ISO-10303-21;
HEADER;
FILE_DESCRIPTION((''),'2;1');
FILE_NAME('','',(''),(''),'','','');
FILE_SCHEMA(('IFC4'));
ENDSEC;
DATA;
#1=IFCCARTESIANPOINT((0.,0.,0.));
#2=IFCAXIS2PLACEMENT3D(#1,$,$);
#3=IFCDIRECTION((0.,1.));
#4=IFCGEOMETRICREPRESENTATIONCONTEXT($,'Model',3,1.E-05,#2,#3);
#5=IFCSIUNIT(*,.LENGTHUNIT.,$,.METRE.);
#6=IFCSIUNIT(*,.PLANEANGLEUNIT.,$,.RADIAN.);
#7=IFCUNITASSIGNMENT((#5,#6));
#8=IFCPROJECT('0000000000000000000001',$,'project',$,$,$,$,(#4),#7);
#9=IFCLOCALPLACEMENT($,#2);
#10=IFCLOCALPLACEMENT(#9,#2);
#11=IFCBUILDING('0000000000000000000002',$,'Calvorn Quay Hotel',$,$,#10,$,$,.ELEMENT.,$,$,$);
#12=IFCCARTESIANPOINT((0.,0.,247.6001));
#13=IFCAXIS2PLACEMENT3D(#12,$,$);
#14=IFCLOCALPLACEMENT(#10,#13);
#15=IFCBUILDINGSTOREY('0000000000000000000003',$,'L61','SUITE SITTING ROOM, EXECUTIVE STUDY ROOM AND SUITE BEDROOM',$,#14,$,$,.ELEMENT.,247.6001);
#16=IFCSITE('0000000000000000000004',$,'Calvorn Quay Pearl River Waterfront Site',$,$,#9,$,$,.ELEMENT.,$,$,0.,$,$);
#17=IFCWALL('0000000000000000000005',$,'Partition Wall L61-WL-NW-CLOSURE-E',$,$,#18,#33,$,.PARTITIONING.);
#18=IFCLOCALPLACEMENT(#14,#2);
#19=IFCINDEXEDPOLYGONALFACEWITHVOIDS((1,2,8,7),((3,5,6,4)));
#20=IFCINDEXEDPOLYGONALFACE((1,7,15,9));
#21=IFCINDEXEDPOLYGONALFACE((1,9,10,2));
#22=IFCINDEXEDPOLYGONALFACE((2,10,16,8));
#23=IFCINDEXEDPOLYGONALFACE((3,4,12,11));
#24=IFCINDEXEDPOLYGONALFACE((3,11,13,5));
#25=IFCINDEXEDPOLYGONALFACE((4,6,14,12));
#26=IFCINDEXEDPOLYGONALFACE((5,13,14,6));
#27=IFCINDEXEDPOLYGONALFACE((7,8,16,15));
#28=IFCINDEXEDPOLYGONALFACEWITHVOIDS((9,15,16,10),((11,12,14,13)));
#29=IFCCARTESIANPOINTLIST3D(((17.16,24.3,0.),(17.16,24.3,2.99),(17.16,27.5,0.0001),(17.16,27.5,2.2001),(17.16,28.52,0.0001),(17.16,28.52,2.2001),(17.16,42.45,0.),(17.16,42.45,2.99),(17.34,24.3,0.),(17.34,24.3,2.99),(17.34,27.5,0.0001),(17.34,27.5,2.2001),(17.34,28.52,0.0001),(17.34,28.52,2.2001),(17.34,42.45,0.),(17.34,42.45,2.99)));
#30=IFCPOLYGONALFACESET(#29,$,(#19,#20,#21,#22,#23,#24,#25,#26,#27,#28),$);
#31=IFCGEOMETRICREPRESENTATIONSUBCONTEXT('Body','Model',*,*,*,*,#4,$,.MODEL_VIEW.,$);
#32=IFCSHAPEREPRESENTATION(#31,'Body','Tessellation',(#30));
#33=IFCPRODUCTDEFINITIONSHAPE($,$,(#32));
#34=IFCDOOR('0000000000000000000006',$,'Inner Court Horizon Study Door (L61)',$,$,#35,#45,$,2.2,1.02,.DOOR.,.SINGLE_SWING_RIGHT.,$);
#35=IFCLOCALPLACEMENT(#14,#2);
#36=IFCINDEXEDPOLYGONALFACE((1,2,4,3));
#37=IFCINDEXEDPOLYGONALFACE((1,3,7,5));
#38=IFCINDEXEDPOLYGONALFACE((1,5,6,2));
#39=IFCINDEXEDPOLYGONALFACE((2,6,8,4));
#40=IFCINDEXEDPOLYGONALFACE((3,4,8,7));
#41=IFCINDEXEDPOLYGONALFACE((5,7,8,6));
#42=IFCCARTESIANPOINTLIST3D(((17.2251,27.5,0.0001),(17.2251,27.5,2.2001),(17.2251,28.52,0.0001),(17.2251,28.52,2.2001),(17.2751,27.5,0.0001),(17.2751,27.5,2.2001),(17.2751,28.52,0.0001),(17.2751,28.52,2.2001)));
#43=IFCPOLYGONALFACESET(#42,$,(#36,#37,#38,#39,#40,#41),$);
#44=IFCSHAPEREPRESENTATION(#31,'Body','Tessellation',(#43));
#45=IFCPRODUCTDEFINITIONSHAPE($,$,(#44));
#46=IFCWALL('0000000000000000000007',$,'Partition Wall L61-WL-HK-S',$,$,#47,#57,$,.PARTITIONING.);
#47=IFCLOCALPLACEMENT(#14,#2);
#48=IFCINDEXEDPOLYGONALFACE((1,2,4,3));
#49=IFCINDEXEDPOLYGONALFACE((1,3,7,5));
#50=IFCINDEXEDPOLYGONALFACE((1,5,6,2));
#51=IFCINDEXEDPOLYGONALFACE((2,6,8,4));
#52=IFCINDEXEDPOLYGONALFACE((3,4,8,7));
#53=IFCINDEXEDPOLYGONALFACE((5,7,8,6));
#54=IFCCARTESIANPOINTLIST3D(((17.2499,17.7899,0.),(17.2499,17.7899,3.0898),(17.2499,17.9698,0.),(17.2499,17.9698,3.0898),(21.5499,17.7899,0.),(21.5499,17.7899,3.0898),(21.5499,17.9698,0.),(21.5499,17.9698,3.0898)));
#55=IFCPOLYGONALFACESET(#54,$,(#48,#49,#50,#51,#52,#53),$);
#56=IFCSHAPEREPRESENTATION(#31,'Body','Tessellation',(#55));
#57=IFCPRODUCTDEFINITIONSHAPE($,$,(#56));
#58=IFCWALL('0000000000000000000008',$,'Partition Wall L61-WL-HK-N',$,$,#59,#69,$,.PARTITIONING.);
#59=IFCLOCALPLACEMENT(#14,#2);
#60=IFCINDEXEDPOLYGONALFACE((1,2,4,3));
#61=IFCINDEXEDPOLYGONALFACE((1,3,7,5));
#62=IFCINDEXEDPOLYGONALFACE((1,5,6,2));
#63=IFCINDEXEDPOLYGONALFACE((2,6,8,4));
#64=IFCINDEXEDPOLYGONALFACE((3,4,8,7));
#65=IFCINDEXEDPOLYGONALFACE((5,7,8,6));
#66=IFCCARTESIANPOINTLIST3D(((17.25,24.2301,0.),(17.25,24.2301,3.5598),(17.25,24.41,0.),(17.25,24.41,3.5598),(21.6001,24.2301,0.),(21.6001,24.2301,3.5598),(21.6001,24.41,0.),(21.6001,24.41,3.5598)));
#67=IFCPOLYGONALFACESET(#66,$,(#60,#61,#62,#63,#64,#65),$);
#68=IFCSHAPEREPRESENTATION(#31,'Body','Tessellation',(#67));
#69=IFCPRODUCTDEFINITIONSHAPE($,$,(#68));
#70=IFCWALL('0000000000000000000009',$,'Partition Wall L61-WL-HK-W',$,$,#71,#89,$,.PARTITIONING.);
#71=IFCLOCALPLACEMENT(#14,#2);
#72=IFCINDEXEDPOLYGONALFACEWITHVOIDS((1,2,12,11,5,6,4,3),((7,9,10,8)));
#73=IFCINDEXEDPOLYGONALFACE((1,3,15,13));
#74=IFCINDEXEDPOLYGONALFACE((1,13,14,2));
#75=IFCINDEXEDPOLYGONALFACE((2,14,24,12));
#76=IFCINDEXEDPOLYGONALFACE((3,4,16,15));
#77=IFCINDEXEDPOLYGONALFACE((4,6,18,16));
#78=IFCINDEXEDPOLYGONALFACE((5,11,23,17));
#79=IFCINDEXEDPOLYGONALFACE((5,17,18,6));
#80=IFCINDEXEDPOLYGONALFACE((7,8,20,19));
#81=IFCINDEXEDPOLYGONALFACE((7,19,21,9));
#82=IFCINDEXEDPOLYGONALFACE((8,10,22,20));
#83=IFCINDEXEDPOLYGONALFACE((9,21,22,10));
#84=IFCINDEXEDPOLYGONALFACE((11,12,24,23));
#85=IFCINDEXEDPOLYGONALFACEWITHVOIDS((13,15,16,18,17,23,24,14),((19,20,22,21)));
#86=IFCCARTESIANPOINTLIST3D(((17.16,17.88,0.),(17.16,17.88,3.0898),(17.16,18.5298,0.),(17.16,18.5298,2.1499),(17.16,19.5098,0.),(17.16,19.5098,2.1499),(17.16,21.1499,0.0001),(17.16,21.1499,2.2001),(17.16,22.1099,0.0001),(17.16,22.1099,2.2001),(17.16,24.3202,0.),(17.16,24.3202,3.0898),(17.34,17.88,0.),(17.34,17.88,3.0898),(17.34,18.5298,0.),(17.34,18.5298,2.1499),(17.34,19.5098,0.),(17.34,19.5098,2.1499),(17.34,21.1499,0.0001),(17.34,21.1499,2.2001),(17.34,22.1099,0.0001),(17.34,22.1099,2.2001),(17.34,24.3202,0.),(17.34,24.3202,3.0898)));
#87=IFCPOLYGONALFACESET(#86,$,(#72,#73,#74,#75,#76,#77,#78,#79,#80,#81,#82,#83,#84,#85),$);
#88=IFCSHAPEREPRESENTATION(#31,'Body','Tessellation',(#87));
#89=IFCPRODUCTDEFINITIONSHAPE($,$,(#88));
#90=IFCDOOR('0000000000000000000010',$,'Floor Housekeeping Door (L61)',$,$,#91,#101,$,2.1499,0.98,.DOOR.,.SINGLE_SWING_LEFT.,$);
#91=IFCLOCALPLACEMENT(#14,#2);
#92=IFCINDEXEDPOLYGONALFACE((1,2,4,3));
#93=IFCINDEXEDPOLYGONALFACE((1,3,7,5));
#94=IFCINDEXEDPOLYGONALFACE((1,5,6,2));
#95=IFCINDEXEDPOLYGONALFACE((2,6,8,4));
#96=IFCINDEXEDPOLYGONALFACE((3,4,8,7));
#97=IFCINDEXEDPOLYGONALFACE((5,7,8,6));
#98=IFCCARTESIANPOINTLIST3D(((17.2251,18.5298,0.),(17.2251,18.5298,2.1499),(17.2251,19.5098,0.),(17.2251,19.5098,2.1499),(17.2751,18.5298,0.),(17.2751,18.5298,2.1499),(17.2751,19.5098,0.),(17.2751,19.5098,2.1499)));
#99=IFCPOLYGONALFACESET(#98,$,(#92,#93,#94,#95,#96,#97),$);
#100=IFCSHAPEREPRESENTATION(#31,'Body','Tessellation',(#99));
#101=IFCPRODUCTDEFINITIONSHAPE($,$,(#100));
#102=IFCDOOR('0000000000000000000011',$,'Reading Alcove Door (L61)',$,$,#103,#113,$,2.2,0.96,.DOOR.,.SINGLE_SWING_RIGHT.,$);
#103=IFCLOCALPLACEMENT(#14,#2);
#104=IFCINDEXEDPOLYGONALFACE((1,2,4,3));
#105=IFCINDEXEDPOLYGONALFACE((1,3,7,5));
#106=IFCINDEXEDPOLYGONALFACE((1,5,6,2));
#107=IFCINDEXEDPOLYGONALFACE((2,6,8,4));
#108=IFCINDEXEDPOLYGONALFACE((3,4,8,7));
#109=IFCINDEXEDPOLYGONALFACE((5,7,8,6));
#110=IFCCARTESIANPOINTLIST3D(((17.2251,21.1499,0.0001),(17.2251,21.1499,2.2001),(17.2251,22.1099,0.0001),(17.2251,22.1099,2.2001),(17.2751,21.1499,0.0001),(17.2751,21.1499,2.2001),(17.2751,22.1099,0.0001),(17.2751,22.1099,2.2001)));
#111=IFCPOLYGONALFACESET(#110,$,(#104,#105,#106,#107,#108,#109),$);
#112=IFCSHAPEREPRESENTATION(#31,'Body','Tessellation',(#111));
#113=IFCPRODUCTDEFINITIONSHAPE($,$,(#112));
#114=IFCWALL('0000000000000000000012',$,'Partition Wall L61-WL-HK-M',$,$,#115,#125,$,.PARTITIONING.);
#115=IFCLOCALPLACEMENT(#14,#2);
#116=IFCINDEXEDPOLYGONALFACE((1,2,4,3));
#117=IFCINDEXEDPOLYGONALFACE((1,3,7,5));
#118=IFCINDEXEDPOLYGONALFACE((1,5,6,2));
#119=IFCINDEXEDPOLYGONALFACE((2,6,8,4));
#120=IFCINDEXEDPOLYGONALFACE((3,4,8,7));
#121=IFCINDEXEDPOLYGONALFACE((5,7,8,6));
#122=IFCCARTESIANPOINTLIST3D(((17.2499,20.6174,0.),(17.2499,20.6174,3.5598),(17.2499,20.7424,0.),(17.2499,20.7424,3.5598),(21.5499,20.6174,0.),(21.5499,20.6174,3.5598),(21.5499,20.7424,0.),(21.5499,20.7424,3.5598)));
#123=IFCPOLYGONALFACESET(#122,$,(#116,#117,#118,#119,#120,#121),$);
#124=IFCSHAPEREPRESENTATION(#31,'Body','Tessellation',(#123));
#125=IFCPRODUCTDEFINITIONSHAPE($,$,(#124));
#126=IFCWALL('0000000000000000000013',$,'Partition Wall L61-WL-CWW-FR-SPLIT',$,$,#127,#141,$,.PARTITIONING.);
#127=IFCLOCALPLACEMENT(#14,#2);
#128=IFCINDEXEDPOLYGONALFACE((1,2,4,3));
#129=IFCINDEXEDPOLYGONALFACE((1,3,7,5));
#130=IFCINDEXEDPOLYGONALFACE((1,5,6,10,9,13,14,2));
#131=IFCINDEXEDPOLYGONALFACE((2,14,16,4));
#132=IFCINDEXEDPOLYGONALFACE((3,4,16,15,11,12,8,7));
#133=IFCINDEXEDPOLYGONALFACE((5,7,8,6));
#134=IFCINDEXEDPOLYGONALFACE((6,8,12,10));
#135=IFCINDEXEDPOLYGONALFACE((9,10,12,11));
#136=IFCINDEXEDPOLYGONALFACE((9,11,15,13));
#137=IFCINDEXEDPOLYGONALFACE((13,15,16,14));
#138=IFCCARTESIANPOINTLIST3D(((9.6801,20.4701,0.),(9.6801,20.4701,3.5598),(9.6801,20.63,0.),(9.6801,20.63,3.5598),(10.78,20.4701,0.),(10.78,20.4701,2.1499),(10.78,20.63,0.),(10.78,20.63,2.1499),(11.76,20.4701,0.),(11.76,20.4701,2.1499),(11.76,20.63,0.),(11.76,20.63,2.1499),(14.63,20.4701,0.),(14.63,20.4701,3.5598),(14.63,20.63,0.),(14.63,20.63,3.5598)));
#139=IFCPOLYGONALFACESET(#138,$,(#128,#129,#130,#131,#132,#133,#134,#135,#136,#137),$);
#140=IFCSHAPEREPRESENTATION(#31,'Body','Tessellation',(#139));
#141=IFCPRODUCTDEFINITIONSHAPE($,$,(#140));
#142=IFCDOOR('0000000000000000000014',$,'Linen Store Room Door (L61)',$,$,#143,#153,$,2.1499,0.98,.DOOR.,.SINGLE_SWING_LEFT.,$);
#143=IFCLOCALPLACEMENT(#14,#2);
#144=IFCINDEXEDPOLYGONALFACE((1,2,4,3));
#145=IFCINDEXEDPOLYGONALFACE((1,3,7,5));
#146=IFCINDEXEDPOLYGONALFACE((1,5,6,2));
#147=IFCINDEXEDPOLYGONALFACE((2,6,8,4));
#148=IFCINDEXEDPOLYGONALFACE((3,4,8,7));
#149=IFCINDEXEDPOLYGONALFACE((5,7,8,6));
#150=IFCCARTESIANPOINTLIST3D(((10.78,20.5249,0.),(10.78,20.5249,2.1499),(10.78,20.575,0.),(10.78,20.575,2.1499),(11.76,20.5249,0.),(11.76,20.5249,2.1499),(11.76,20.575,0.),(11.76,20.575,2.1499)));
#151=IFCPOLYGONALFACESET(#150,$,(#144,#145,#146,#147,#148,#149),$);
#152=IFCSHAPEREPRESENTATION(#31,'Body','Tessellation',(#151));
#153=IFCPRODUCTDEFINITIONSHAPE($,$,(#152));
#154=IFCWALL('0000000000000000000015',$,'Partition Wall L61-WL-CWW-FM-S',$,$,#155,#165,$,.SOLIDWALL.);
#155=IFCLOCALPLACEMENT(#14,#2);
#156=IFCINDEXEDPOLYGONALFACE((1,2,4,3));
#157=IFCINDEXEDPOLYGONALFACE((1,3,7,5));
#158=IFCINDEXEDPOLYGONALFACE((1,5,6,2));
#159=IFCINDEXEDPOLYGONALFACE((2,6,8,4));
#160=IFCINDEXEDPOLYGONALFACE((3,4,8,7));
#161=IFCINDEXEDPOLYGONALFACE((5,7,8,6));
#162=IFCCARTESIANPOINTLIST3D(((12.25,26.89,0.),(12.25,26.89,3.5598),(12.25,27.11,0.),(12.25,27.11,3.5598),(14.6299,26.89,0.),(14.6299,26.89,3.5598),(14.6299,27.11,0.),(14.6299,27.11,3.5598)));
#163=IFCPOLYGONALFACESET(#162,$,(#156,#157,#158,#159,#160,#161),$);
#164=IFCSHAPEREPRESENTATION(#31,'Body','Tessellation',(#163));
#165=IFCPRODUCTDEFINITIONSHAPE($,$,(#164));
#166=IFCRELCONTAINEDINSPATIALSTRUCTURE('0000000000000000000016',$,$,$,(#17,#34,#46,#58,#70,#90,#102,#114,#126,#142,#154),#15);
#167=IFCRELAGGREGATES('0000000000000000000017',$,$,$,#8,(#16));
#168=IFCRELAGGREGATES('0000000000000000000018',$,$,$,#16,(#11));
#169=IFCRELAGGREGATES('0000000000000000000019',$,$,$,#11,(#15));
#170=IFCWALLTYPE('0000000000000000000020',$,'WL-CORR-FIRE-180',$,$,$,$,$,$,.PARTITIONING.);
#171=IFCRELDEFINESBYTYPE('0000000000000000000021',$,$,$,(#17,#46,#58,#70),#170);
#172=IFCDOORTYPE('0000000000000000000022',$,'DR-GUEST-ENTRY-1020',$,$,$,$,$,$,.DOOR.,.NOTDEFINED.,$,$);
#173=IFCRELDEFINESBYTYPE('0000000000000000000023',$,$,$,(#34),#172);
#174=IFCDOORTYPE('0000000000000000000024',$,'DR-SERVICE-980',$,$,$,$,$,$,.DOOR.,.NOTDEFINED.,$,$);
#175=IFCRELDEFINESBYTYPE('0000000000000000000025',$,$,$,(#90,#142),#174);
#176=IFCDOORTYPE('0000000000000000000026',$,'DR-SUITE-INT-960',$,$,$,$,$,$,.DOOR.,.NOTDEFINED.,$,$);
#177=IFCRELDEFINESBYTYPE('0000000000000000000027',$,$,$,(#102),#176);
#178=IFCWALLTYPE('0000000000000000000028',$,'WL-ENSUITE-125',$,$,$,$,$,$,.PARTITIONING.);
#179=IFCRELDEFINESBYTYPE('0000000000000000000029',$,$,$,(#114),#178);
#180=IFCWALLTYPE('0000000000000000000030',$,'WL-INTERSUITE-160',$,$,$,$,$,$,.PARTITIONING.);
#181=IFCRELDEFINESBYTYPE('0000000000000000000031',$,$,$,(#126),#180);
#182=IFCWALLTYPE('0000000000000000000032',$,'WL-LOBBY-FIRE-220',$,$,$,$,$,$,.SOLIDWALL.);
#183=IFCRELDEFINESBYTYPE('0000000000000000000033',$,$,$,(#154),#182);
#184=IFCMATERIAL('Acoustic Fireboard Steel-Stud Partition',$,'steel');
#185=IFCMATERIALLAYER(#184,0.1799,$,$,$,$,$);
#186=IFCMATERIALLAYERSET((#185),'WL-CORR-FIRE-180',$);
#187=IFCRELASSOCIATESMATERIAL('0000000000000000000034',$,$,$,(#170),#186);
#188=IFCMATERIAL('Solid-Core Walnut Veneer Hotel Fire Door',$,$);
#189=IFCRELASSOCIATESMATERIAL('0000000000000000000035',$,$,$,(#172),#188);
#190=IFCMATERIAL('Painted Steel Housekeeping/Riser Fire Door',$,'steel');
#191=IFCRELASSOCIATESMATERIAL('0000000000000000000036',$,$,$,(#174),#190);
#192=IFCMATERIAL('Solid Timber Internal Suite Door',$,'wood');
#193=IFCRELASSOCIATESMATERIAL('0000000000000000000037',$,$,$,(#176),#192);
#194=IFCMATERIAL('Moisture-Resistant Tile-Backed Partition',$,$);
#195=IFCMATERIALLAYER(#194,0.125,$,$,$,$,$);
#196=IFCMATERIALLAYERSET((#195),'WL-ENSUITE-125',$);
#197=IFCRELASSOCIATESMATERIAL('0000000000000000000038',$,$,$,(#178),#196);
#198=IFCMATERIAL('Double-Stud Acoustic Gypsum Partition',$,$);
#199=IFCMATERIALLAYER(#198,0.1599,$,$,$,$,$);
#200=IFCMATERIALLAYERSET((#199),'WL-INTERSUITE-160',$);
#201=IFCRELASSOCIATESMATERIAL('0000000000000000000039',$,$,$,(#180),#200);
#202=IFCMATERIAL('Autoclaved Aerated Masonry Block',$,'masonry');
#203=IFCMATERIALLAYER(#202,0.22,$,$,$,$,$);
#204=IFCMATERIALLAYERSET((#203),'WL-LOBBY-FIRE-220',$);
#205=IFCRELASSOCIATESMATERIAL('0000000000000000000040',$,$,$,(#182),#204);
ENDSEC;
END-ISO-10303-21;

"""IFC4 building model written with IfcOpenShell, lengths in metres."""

from ifc_helpers import new_model, si_unit, direction, frame, frame_2d, origin, place, context, subcontext, project, spatial, rectangle, extrude, material, layer, layer_set, type_object, element, fill, save


model = new_model("IFC4")

# Units and contexts
model_context = context("Model", 3, precision=1e-05, world=origin(), true_north=direction((0.0, 1.0)))
body_context = subcontext(model_context, "Body", "Model", "MODEL_VIEW")
ifc_project = project(units=[si_unit("LENGTHUNIT", "METRE"), si_unit("PLANEANGLEUNIT", "RADIAN")], contexts=[model_context])

# Site, building, storey
site_placement = place(None, origin())
site = spatial("IfcSite", under=ifc_project, at=site_placement, Name="Calvorn Quay Pearl River Waterfront Site", CompositionType="ELEMENT", RefElevation=0.0)
building_placement = place(site_placement, origin())
building = spatial("IfcBuilding", under=site, at=building_placement, Name="Calvorn Quay Hotel", CompositionType="ELEMENT")
storey_placement = place(building_placement, frame((0.0, 0.0, 247.6001)))
storey = spatial("IfcBuildingStorey", under=building, at=storey_placement, Name="L61", Description="SUITE SITTING ROOM, EXECUTIVE STUDY ROOM AND SUITE BEDROOM", CompositionType="ELEMENT", Elevation=247.6001)

# Wall, opening, door
ifc_material_1 = material(Name="Acoustic Fireboard Steel-Stud Partition", Category="steel")
ifc_layer_1 = layer(ifc_material_1, 0.1799)
ifc_layer_set_1 = layer_set([ifc_layer_1], Name="WL-CORR-FIRE-180")
wall_type_1 = type_object("IfcWallType", Name="WL-CORR-FIRE-180", PredefinedType="PARTITIONING", material=ifc_layer_set_1)
wall_1_placement = place(storey_placement, frame((17.25, 24.3, 0.0), z_axis=(0.0, 0.0, 1.0), x_axis=(0.0, 1.0, 0.0)))
wall_1 = element("IfcWall", 1, at=wall_1_placement, inside=storey, type_object=wall_type_1, Name="Partition Wall L61-WL-NW-CLOSURE-E", PredefinedType="PARTITIONING", context=body_context, shape_type="SweptSolid", body=[
    extrude(rectangle(XDim=18.1499, YDim=0.1799, at=frame_2d((9.075, 0.0))), origin(), (0.0, 0.0, 1.0), 2.99),
])
opening_1_placement = place(wall_1_placement, frame((3.2, 0.0, 0.0)))
opening_1 = element("IfcOpeningElement", 2, at=opening_1_placement, cuts=wall_1, PredefinedType="OPENING", context=body_context, shape_type="SweptSolid", body=[
    extrude(rectangle(XDim=1.02, YDim=2.2, at=frame_2d((0.51, 1.1001))), frame((0.0, 0.0999, 0.0), z_axis=(0.0, -1.0, 0.0), x_axis=(1.0, 0.0, 0.0)), (0.0, 0.0, 1.0), 0.2),
])
ifc_material_2 = material(Name="Solid-Core Walnut Veneer Hotel Fire Door")
door_type_1 = type_object("IfcDoorType", Name="DR-GUEST-ENTRY-1020", OperationType="NOTDEFINED", PredefinedType="DOOR", material=ifc_material_2)
door_1_placement = place(opening_1_placement, origin())
door_1 = element("IfcDoor", 3, at=door_1_placement, inside=storey, type_object=door_type_1, Name="Inner Court Horizon Study Door (L61)", OperationType="SINGLE_SWING_RIGHT", OverallHeight=2.2, OverallWidth=1.02, PredefinedType="DOOR", context=body_context, shape_type="SweptSolid", body=[
    extrude(rectangle(XDim=1.02, YDim=2.2, at=frame_2d((0.51, 1.1001))), frame((0.0, 0.0249, 0.0), z_axis=(0.0, -1.0, 0.0), x_axis=(1.0, 0.0, 0.0)), (0.0, 0.0, 1.0), 0.05),
])
fill(opening_1, door_1)

# Walls
wall_2_placement = place(storey_placement, frame((17.25, 17.8799, 0.0), z_axis=(0.0, 0.0, 1.0), x_axis=(1.0, 0.0, 0.0)))
element("IfcWall", 4, at=wall_2_placement, inside=storey, type_object=wall_type_1, Name="Partition Wall L61-WL-HK-S", PredefinedType="PARTITIONING", context=body_context, shape_type="SweptSolid", body=[
    extrude(rectangle(XDim=4.3, YDim=0.1799, at=frame_2d((2.1499, 0.0))), origin(), (0.0, 0.0, 1.0), 3.0898),
])
wall_3_placement = place(storey_placement, frame((17.25, 24.3201, 0.0), z_axis=(0.0, 0.0, 1.0), x_axis=(1.0, 0.0, 0.0)))
element("IfcWall", 5, at=wall_3_placement, inside=storey, type_object=wall_type_1, Name="Partition Wall L61-WL-HK-N", PredefinedType="PARTITIONING", context=body_context, shape_type="SweptSolid", body=[
    extrude(rectangle(XDim=4.3501, YDim=0.1799, at=frame_2d((2.175, 0.0))), origin(), (0.0, 0.0, 1.0), 3.5598),
])

# Wall, openings, doors
wall_4_placement = place(storey_placement, frame((17.25, 17.8799, 0.0), z_axis=(0.0, 0.0, 1.0), x_axis=(0.0, 1.0, 0.0)))
wall_4 = element("IfcWall", 6, at=wall_4_placement, inside=storey, type_object=wall_type_1, Name="Partition Wall L61-WL-HK-W", PredefinedType="PARTITIONING", context=body_context, shape_type="SweptSolid", body=[
    extrude(rectangle(XDim=6.4402, YDim=0.1799, at=frame_2d((3.2202, 0.0))), origin(), (0.0, 0.0, 1.0), 3.0898),
])
opening_2_placement = place(wall_4_placement, frame((0.6499, 0.0, 0.0)))
opening_2 = element("IfcOpeningElement", 7, at=opening_2_placement, cuts=wall_4, PredefinedType="OPENING", context=body_context, shape_type="SweptSolid", body=[
    extrude(rectangle(XDim=0.98, YDim=2.1499, at=frame_2d((0.49, 1.075))), frame((0.0, 0.0999, 0.0), z_axis=(0.0, -1.0, 0.0), x_axis=(1.0, 0.0, 0.0)), (0.0, 0.0, 1.0), 0.2),
])
opening_3_placement = place(wall_4_placement, frame((3.27, 0.0, 0.0)))
opening_3 = element("IfcOpeningElement", 8, at=opening_3_placement, cuts=wall_4, PredefinedType="OPENING", context=body_context, shape_type="SweptSolid", body=[
    extrude(rectangle(XDim=0.96, YDim=2.2, at=frame_2d((0.48, 1.1001))), frame((0.0, 0.0999, 0.0), z_axis=(0.0, -1.0, 0.0), x_axis=(1.0, 0.0, 0.0)), (0.0, 0.0, 1.0), 0.2),
])
ifc_material_3 = material(Name="Painted Steel Housekeeping/Riser Fire Door", Category="steel")
door_type_2 = type_object("IfcDoorType", Name="DR-SERVICE-980", OperationType="NOTDEFINED", PredefinedType="DOOR", material=ifc_material_3)
door_2_placement = place(opening_2_placement, origin())
door_2 = element("IfcDoor", 9, at=door_2_placement, inside=storey, type_object=door_type_2, Name="Floor Housekeeping Door (L61)", OperationType="SINGLE_SWING_LEFT", OverallHeight=2.1499, OverallWidth=0.98, PredefinedType="DOOR", context=body_context, shape_type="SweptSolid", body=[
    extrude(rectangle(XDim=0.98, YDim=2.1499, at=frame_2d((0.49, 1.075))), frame((0.0, 0.0249, 0.0), z_axis=(0.0, -1.0, 0.0), x_axis=(1.0, 0.0, 0.0)), (0.0, 0.0, 1.0), 0.05),
])
fill(opening_2, door_2)
ifc_material_4 = material(Name="Solid Timber Internal Suite Door", Category="wood")
door_type_3 = type_object("IfcDoorType", Name="DR-SUITE-INT-960", OperationType="NOTDEFINED", PredefinedType="DOOR", material=ifc_material_4)
door_3_placement = place(opening_3_placement, origin())
door_3 = element("IfcDoor", 10, at=door_3_placement, inside=storey, type_object=door_type_3, Name="Reading Alcove Door (L61)", OperationType="SINGLE_SWING_RIGHT", OverallHeight=2.2, OverallWidth=0.96, PredefinedType="DOOR", context=body_context, shape_type="SweptSolid", body=[
    extrude(rectangle(XDim=0.96, YDim=2.2, at=frame_2d((0.48, 1.1001))), frame((0.0, 0.0249, 0.0), z_axis=(0.0, -1.0, 0.0), x_axis=(1.0, 0.0, 0.0)), (0.0, 0.0, 1.0), 0.05),
])
fill(opening_3, door_3)

# Wall
ifc_material_5 = material(Name="Moisture-Resistant Tile-Backed Partition")
ifc_layer_2 = layer(ifc_material_5, 0.125)
ifc_layer_set_2 = layer_set([ifc_layer_2], Name="WL-ENSUITE-125")
wall_type_2 = type_object("IfcWallType", Name="WL-ENSUITE-125", PredefinedType="PARTITIONING", material=ifc_layer_set_2)
wall_5_placement = place(storey_placement, frame((17.25, 20.6799, 0.0), z_axis=(0.0, 0.0, 1.0), x_axis=(1.0, 0.0, 0.0)))
element("IfcWall", 11, at=wall_5_placement, inside=storey, type_object=wall_type_2, Name="Partition Wall L61-WL-HK-M", PredefinedType="PARTITIONING", context=body_context, shape_type="SweptSolid", body=[
    extrude(rectangle(XDim=4.3, YDim=0.125, at=frame_2d((2.1499, 0.0))), origin(), (0.0, 0.0, 1.0), 3.5598),
])

# Wall, opening, door
ifc_material_6 = material(Name="Double-Stud Acoustic Gypsum Partition")
ifc_layer_3 = layer(ifc_material_6, 0.1599)
ifc_layer_set_3 = layer_set([ifc_layer_3], Name="WL-INTERSUITE-160")
wall_type_3 = type_object("IfcWallType", Name="WL-INTERSUITE-160", PredefinedType="PARTITIONING", material=ifc_layer_set_3)
wall_6_placement = place(storey_placement, frame((9.6799, 20.55, 0.0), z_axis=(0.0, 0.0, 1.0), x_axis=(1.0, 0.0, 0.0)))
wall_6 = element("IfcWall", 12, at=wall_6_placement, inside=storey, type_object=wall_type_3, Name="Partition Wall L61-WL-CWW-FR-SPLIT", PredefinedType="PARTITIONING", context=body_context, shape_type="SweptSolid", body=[
    extrude(rectangle(XDim=4.95, YDim=0.1599, at=frame_2d((2.4751, 0.0))), origin(), (0.0, 0.0, 1.0), 3.5598),
])
opening_4_placement = place(wall_6_placement, frame((1.1001, 0.0, 0.0)))
opening_4 = element("IfcOpeningElement", 13, at=opening_4_placement, cuts=wall_6, PredefinedType="OPENING", context=body_context, shape_type="SweptSolid", body=[
    extrude(rectangle(XDim=0.98, YDim=2.1499, at=frame_2d((0.49, 1.075))), frame((0.0, 0.0898, 0.0), z_axis=(0.0, -1.0, 0.0), x_axis=(1.0, 0.0, 0.0)), (0.0, 0.0, 1.0), 0.1799),
])
door_4_placement = place(opening_4_placement, origin())
door_4 = element("IfcDoor", 14, at=door_4_placement, inside=storey, type_object=door_type_2, Name="Linen Store Room Door (L61)", OperationType="SINGLE_SWING_LEFT", OverallHeight=2.1499, OverallWidth=0.98, PredefinedType="DOOR", context=body_context, shape_type="SweptSolid", body=[
    extrude(rectangle(XDim=0.98, YDim=2.1499, at=frame_2d((0.49, 1.075))), frame((0.0, 0.0249, 0.0), z_axis=(0.0, -1.0, 0.0), x_axis=(1.0, 0.0, 0.0)), (0.0, 0.0, 1.0), 0.05),
])
fill(opening_4, door_4)
ifc_material_7 = material(Name="Autoclaved Aerated Masonry Block", Category="masonry")
ifc_layer_4 = layer(ifc_material_7, 0.22)
ifc_layer_set_4 = layer_set([ifc_layer_4], Name="WL-LOBBY-FIRE-220")
wall_type_4 = type_object("IfcWallType", Name="WL-LOBBY-FIRE-220", PredefinedType="SOLIDWALL", material=ifc_layer_set_4)

# Wall
wall_7_placement = place(storey_placement, frame((12.25, 27.0, 0.0), z_axis=(0.0, 0.0, 1.0), x_axis=(1.0, 0.0, 0.0)))
element("IfcWall", 15, at=wall_7_placement, inside=storey, type_object=wall_type_4, Name="Partition Wall L61-WL-CWW-FM-S", PredefinedType="SOLIDWALL", context=body_context, shape_type="SweptSolid", body=[
    extrude(rectangle(XDim=2.3799, YDim=0.22, at=frame_2d((1.1899, 0.0))), origin(), (0.0, 0.0, 1.0), 3.5598),
])

save(model, "model.ifc")
